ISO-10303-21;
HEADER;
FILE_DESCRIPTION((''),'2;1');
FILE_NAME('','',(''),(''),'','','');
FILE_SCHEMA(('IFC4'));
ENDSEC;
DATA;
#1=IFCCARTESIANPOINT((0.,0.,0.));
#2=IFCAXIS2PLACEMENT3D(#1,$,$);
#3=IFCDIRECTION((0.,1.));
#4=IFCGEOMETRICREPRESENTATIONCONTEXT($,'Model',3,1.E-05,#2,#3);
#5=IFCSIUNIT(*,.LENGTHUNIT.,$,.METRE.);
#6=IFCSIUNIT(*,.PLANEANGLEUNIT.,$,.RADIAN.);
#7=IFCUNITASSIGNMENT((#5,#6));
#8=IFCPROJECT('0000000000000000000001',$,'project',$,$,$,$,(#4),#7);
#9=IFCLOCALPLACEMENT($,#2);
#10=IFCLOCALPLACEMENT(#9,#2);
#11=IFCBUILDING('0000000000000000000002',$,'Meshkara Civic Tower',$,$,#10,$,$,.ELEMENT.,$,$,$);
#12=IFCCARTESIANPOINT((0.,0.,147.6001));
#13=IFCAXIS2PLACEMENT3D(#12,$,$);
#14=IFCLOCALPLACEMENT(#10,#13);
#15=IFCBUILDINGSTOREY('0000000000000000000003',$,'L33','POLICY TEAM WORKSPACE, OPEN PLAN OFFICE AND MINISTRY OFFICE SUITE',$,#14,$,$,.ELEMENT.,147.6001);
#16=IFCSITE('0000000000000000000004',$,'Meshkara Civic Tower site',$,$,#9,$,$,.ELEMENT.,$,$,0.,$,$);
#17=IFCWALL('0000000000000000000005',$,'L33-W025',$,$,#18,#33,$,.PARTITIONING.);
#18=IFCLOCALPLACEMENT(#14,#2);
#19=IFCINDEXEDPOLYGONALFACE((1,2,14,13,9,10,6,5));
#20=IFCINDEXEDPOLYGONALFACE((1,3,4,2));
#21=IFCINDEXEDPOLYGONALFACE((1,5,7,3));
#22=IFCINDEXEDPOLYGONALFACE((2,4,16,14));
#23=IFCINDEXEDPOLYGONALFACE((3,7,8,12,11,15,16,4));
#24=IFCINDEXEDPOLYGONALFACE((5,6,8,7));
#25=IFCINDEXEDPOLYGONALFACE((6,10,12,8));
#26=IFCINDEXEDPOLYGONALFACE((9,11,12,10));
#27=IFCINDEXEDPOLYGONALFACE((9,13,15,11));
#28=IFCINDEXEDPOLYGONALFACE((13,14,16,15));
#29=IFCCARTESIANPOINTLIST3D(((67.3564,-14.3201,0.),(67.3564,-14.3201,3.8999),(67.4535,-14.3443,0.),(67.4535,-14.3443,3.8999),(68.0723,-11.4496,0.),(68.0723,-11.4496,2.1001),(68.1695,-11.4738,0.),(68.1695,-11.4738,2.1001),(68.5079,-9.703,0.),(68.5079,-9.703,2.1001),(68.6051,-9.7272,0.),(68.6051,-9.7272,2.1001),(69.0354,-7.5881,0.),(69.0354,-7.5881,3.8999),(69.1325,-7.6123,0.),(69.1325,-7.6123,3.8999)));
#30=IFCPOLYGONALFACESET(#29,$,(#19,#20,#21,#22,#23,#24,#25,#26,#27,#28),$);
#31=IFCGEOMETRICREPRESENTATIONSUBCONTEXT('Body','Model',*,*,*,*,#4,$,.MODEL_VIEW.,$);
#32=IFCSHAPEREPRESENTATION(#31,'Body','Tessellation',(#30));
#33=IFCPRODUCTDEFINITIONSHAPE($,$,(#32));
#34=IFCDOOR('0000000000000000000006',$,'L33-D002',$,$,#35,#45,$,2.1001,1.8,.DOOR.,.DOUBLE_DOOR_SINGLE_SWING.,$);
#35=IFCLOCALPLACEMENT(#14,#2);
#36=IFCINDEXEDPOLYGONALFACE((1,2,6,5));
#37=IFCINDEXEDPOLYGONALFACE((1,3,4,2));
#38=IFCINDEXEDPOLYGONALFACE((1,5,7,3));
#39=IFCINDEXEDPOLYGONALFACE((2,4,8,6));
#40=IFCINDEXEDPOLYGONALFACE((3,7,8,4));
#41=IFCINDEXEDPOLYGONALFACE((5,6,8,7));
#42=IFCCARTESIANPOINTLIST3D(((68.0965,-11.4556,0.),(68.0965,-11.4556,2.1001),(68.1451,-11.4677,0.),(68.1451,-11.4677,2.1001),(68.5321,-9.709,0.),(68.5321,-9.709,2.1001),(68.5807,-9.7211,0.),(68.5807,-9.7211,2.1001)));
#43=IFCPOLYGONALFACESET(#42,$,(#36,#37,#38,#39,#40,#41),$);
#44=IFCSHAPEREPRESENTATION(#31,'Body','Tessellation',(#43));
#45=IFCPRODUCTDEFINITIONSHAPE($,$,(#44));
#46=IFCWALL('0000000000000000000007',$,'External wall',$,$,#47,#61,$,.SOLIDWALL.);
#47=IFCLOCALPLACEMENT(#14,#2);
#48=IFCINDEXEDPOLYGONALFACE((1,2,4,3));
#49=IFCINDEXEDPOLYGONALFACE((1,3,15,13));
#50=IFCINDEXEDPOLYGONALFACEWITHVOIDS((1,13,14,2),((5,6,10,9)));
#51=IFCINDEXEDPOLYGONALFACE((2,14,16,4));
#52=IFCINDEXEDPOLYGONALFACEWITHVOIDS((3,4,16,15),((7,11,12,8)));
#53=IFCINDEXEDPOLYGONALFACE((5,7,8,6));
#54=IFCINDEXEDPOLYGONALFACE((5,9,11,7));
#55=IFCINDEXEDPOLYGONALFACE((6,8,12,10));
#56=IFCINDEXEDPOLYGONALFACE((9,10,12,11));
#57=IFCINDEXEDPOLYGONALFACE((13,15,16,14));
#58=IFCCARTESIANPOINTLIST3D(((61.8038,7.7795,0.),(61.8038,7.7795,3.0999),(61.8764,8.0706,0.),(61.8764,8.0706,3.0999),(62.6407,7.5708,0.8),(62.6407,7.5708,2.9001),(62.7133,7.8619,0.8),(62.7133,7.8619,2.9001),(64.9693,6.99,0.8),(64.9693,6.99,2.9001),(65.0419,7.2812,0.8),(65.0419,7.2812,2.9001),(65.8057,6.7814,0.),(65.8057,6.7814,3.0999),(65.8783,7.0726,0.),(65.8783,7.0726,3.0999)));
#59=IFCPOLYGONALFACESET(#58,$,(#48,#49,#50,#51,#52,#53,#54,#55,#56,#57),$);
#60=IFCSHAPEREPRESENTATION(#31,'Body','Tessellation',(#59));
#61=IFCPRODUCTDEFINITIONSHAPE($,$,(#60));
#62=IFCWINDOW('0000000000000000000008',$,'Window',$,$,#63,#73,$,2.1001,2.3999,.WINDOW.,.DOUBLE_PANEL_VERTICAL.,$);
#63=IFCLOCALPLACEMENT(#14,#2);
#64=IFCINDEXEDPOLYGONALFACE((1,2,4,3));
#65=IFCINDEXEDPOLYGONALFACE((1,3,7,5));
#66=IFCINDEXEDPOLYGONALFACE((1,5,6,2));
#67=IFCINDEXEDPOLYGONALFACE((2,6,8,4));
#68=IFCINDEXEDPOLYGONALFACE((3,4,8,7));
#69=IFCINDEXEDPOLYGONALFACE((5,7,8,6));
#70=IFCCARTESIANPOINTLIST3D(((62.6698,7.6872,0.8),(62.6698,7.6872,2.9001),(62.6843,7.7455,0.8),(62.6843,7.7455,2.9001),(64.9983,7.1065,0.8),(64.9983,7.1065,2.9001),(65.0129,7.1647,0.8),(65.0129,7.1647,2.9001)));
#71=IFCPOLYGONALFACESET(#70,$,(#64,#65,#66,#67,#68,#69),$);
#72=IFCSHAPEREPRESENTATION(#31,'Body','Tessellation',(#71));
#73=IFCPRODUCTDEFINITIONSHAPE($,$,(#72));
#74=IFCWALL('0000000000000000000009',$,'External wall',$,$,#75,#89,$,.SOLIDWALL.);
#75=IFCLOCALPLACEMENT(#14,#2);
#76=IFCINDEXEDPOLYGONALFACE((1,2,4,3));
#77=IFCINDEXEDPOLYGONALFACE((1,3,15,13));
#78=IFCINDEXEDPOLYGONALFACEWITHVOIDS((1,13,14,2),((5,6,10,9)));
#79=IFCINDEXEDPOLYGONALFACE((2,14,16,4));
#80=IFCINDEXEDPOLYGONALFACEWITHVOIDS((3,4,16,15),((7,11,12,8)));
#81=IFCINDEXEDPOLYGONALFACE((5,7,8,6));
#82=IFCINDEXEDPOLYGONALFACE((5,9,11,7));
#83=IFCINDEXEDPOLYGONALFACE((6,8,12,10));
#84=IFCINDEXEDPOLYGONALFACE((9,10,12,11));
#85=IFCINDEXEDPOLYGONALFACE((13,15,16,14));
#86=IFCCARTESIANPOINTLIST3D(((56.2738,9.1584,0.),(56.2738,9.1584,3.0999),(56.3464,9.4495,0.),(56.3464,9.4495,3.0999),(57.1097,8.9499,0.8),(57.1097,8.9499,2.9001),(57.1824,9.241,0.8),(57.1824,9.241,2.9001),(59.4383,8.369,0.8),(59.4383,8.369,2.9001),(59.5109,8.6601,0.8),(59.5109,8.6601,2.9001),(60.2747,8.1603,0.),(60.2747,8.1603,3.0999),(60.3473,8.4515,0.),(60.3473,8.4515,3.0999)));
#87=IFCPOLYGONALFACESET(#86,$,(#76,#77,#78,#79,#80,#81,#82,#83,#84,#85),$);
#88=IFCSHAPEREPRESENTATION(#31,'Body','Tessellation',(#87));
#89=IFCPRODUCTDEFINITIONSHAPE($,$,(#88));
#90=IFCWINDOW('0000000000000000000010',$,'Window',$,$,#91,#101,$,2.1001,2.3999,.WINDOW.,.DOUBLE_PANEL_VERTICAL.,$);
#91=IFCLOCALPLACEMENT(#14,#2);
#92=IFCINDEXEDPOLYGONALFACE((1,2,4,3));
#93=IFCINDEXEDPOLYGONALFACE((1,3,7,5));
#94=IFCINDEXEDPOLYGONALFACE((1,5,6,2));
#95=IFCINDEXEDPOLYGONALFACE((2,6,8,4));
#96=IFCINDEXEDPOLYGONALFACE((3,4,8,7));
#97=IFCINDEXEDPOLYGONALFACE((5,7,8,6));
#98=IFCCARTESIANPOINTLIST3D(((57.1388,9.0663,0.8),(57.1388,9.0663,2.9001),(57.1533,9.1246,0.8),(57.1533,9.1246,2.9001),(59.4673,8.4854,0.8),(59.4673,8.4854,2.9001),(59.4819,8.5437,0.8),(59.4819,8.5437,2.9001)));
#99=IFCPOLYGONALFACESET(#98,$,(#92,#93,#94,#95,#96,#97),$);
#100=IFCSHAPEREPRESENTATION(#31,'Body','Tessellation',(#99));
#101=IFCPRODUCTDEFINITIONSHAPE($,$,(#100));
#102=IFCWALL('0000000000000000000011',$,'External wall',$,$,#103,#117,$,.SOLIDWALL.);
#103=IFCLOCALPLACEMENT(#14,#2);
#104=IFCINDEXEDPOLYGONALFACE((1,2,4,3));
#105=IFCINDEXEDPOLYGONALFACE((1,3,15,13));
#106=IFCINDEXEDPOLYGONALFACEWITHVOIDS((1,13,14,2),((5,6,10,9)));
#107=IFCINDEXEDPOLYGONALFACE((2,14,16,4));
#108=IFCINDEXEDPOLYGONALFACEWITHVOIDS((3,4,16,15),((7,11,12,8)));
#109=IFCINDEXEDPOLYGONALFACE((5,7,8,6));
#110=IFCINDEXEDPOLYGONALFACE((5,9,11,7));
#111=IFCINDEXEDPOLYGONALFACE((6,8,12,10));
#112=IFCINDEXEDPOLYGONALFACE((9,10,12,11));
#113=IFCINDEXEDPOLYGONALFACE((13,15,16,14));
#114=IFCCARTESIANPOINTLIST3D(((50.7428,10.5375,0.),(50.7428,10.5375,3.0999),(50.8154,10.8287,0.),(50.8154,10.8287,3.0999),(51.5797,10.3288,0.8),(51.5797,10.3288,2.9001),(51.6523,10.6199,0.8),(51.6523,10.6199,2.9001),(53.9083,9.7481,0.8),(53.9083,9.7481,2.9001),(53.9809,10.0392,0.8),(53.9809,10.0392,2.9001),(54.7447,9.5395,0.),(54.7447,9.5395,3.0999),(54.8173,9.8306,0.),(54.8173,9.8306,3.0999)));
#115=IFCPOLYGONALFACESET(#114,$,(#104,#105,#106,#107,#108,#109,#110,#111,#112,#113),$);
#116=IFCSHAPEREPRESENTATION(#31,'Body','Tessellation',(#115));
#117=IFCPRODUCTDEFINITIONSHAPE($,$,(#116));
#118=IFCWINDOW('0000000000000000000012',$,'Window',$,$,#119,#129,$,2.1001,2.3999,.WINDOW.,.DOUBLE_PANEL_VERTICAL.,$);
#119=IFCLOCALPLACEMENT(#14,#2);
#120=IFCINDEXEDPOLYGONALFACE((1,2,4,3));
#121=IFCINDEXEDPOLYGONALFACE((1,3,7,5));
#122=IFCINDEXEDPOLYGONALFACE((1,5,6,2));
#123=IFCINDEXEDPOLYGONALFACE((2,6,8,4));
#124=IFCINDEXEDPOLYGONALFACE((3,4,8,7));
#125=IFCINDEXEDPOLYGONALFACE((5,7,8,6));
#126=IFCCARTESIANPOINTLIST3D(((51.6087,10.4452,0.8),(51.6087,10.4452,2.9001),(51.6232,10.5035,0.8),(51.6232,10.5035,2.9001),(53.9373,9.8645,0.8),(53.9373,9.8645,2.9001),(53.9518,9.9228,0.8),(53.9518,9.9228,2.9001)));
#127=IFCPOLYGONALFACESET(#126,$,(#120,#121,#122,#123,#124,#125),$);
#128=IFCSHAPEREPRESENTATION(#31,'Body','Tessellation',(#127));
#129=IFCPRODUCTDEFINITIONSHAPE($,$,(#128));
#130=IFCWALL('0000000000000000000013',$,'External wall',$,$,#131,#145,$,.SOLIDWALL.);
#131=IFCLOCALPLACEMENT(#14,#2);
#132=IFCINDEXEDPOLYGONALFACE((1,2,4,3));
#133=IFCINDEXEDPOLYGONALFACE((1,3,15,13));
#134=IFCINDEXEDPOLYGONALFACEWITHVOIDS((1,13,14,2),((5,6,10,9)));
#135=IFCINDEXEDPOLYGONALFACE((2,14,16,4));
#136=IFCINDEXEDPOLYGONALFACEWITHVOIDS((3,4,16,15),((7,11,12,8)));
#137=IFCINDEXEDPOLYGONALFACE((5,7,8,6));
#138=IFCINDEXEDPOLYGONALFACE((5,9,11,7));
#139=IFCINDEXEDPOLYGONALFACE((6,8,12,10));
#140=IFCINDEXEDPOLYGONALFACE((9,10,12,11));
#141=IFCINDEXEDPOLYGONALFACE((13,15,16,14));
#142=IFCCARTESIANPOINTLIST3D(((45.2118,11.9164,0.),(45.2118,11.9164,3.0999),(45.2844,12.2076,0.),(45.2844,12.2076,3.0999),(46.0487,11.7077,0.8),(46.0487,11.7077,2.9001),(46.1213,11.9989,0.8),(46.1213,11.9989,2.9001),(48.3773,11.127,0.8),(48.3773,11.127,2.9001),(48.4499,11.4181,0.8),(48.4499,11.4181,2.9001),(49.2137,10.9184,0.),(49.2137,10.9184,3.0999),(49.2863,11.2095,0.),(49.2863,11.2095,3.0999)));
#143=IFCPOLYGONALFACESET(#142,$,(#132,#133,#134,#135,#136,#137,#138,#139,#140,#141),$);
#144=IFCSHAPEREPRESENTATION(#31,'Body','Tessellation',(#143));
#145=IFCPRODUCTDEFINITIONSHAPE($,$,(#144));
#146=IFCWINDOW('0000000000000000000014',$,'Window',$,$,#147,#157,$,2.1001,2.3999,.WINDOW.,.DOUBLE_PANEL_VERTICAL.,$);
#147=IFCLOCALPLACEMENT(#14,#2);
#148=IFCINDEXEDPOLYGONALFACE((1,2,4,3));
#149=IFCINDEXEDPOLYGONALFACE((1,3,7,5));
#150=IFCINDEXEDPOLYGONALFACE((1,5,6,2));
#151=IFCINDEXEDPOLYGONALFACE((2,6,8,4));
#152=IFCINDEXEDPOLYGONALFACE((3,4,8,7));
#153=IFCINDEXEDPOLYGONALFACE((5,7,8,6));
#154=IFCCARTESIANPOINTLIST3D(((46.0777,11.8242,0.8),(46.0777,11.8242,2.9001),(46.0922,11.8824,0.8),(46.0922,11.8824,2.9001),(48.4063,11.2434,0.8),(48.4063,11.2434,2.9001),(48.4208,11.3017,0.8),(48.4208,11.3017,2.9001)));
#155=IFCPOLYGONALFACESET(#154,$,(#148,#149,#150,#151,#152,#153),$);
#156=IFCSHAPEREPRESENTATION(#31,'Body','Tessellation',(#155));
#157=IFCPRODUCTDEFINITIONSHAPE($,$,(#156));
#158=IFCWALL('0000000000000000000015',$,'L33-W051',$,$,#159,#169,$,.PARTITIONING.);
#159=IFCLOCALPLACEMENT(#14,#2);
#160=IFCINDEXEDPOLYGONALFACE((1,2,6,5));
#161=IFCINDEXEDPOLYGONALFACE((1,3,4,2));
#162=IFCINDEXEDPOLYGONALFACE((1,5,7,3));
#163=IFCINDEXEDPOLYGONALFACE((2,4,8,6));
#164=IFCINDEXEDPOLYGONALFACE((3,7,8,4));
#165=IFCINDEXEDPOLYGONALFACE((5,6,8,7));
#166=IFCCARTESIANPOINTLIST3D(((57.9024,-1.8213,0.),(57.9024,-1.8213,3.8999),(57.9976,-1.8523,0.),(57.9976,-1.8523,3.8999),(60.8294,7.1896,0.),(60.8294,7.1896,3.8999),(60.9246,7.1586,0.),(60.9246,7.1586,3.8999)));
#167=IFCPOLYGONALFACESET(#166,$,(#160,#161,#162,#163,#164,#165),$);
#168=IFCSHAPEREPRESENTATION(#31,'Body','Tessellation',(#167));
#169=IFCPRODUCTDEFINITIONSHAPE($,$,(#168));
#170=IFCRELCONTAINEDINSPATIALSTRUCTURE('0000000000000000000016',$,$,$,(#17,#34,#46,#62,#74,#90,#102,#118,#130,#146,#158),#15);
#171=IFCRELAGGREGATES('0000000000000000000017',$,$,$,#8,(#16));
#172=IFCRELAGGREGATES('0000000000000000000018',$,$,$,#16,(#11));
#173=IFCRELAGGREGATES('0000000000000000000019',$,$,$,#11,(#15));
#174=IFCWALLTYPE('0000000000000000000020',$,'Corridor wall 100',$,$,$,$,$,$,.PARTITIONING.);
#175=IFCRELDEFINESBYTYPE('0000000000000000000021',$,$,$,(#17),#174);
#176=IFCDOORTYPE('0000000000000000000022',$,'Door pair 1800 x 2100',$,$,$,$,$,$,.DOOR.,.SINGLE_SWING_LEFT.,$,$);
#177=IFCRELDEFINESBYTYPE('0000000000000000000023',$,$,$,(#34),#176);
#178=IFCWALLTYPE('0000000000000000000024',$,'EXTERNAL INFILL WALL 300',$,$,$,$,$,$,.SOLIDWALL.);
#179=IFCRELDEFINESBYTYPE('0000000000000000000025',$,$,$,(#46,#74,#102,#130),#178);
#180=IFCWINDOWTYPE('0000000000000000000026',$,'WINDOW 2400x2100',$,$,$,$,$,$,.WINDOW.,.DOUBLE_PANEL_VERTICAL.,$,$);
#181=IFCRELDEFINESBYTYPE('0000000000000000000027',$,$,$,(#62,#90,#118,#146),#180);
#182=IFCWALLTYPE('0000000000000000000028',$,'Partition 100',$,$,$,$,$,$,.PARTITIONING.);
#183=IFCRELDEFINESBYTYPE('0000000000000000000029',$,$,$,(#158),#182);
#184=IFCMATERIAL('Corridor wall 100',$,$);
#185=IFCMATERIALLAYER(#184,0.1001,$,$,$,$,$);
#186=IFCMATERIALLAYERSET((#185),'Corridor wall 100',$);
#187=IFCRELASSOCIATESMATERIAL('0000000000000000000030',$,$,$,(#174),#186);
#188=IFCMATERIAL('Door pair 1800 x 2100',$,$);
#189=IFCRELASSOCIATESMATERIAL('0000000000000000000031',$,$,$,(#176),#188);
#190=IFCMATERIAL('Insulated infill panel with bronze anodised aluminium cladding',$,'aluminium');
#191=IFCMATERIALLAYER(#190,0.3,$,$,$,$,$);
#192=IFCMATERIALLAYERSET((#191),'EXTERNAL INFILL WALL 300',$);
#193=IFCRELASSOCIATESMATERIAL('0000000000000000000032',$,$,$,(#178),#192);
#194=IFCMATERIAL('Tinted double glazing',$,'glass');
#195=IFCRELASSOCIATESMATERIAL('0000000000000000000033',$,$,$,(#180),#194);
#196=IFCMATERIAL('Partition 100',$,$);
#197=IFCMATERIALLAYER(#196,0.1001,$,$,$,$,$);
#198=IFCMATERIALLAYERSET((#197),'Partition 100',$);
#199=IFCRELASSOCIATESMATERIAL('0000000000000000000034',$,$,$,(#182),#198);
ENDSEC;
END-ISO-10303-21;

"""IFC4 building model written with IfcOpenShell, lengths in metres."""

from ifc_helpers import new_model, si_unit, direction, frame, frame_2d, origin, place, context, subcontext, project, spatial, rectangle, extrude, material, layer, layer_set, type_object, element, fill, save


model = new_model("IFC4")

# Units and contexts
model_context = context("Model", 3, precision=1e-05, world=origin(), true_north=direction((0.0, 1.0)))
body_context = subcontext(model_context, "Body", "Model", "MODEL_VIEW")
ifc_project = project(units=[si_unit("LENGTHUNIT", "METRE"), si_unit("PLANEANGLEUNIT", "RADIAN")], contexts=[model_context])

# Site, building, storey
site_placement = place(None, origin())
site = spatial("IfcSite", under=ifc_project, at=site_placement, Name="Meshkara Civic Tower site", CompositionType="ELEMENT", RefElevation=0.0)
building_placement = place(site_placement, origin())
building = spatial("IfcBuilding", under=site, at=building_placement, Name="Meshkara Civic Tower", CompositionType="ELEMENT")
storey_placement = place(building_placement, frame((0.0, 0.0, 147.6001)))
storey = spatial("IfcBuildingStorey", under=building, at=storey_placement, Name="L33", Description="POLICY TEAM WORKSPACE, OPEN PLAN OFFICE AND MINISTRY OFFICE SUITE", CompositionType="ELEMENT", Elevation=147.6001)

# Wall, opening, door
ifc_material_1 = material(Name="Corridor wall 100")
ifc_layer_1 = layer(ifc_material_1, 0.1001)
ifc_layer_set_1 = layer_set([ifc_layer_1], Name="Corridor wall 100")
wall_type_1 = type_object("IfcWallType", Name="Corridor wall 100", PredefinedType="PARTITIONING", material=ifc_layer_set_1)
wall_1_placement = place(storey_placement, frame((69.084, -7.6001, 0.0), z_axis=(0.0, 0.0, 1.0), x_axis=(-0.241989, -0.970279, 0.0)))
wall_1 = element("IfcWall", 1, at=wall_1_placement, inside=storey, type_object=wall_type_1, Name="L33-W025", PredefinedType="PARTITIONING", context=body_context, shape_type="SweptSolid", body=[
    extrude(rectangle(XDim=6.9382, YDim=0.1001, at=frame_2d((3.4692, 0.0))), origin(), (0.0, 0.0, 1.0), 3.8999),
])
opening_1_placement = place(wall_1_placement, frame((2.1799, 0.0, 0.0)))
opening_1 = element("IfcOpeningElement", 2, at=opening_1_placement, cuts=wall_1, PredefinedType="OPENING", context=body_context, shape_type="SweptSolid", body=[
    extrude(rectangle(XDim=1.8, YDim=2.1001, at=frame_2d((0.8999, 1.05))), frame((0.0, 0.0601, 0.0), z_axis=(0.0, -1.0, 0.0), x_axis=(1.0, 0.0, 0.0)), (0.0, 0.0, 1.0), 0.1201),
])
ifc_material_2 = material(Name="Door pair 1800 x 2100")
door_type = type_object("IfcDoorType", Name="Door pair 1800 x 2100", OperationType="SINGLE_SWING_LEFT", PredefinedType="DOOR", material=ifc_material_2)
door_placement = place(opening_1_placement, origin())
door = element("IfcDoor", 3, at=door_placement, inside=storey, type_object=door_type, Name="L33-D002", OperationType="DOUBLE_DOOR_SINGLE_SWING", OverallHeight=2.1001, OverallWidth=1.8, PredefinedType="DOOR", context=body_context, shape_type="SweptSolid", body=[
    extrude(rectangle(XDim=1.8, YDim=2.1001, at=frame_2d((0.8999, 1.05))), frame((0.0, 0.0249, 0.0), z_axis=(0.0, -1.0, 0.0), x_axis=(1.0, 0.0, 0.0)), (0.0, 0.0, 1.0), 0.05),
])
fill(opening_1, door)

# Walls, openings, windows
ifc_material_3 = material(Name="Insulated infill panel with bronze anodised aluminium cladding", Category="aluminium")
ifc_layer_2 = layer(ifc_material_3, 0.3)
ifc_layer_set_2 = layer_set([ifc_layer_2], Name="EXTERNAL INFILL WALL 300")
wall_type_2 = type_object("IfcWallType", Name="EXTERNAL INFILL WALL 300", PredefinedType="SOLIDWALL", material=ifc_layer_set_2)
wall_2_placement = place(storey_placement, frame((65.842, 6.927, 0.0), z_axis=(0.0, 0.0, 1.0), x_axis=(-0.970282, 0.241978, 0.0)))
wall_2 = element("IfcWall", 4, at=wall_2_placement, inside=storey, type_object=wall_type_2, Name="External wall", PredefinedType="SOLIDWALL", context=body_context, shape_type="SweptSolid", body=[
    extrude(rectangle(XDim=4.1245, YDim=0.3, at=frame_2d((2.0623, 0.0))), origin(), (0.0, 0.0, 1.0), 3.0999),
])
opening_2_placement = place(wall_2_placement, frame((0.8621, 0.0, 0.8)))
opening_2 = element("IfcOpeningElement", 5, at=opening_2_placement, cuts=wall_2, PredefinedType="OPENING", context=body_context, shape_type="SweptSolid", body=[
    extrude(rectangle(XDim=2.3999, YDim=2.1001, at=frame_2d((1.2, 1.05))), frame((0.0, 0.1599, 0.0), z_axis=(0.0, -1.0, 0.0), x_axis=(1.0, 0.0, 0.0)), (0.0, 0.0, 1.0), 0.3201),
])
ifc_material_4 = material(Name="Tinted double glazing", Category="glass")
window_type = type_object("IfcWindowType", Name="WINDOW 2400x2100", PartitioningType="DOUBLE_PANEL_VERTICAL", PredefinedType="WINDOW", material=ifc_material_4)
window_1_placement = place(opening_2_placement, origin())
window_1 = element("IfcWindow", 6, at=window_1_placement, inside=storey, type_object=window_type, Name="Window", OverallHeight=2.1001, OverallWidth=2.3999, PartitioningType="DOUBLE_PANEL_VERTICAL", PredefinedType="WINDOW", context=body_context, shape_type="SweptSolid", body=[
    extrude(rectangle(XDim=2.3999, YDim=2.1001, at=frame_2d((1.2, 1.05))), frame((0.0, 0.03, 0.0), z_axis=(0.0, -1.0, 0.0), x_axis=(1.0, 0.0, 0.0)), (0.0, 0.0, 1.0), 0.0601),
])
fill(opening_2, window_1)
wall_3_placement = place(storey_placement, frame((60.311, 8.3059, 0.0), z_axis=(0.0, 0.0, 1.0), x_axis=(-0.970268, 0.242034, 0.0)))
wall_3 = element("IfcWall", 7, at=wall_3_placement, inside=storey, type_object=wall_type_2, Name="External wall", PredefinedType="SOLIDWALL", context=body_context, shape_type="SweptSolid", body=[
    extrude(rectangle(XDim=4.1235, YDim=0.3, at=frame_2d((2.0618, 0.0))), origin(), (0.0, 0.0, 1.0), 3.0999),
])
opening_3_placement = place(wall_3_placement, frame((0.8621, 0.0, 0.8)))
opening_3 = element("IfcOpeningElement", 8, at=opening_3_placement, cuts=wall_3, PredefinedType="OPENING", context=body_context, shape_type="SweptSolid", body=[
    extrude(rectangle(XDim=2.3999, YDim=2.1001, at=frame_2d((1.2, 1.05))), frame((0.0, 0.1599, 0.0), z_axis=(0.0, -1.0, 0.0), x_axis=(1.0, 0.0, 0.0)), (0.0, 0.0, 1.0), 0.3201),
])
window_2_placement = place(opening_3_placement, origin())
window_2 = element("IfcWindow", 9, at=window_2_placement, inside=storey, type_object=window_type, Name="Window", OverallHeight=2.1001, OverallWidth=2.3999, PartitioningType="DOUBLE_PANEL_VERTICAL", PredefinedType="WINDOW", context=body_context, shape_type="SweptSolid", body=[
    extrude(rectangle(XDim=2.3999, YDim=2.1001, at=frame_2d((1.2, 1.05))), frame((0.0, 0.03, 0.0), z_axis=(0.0, -1.0, 0.0), x_axis=(1.0, 0.0, 0.0)), (0.0, 0.0, 1.0), 0.0601),
])
fill(opening_3, window_2)
wall_4_placement = place(storey_placement, frame((54.781, 9.6851, 0.0), z_axis=(0.0, 0.0, 1.0), x_axis=(-0.970282, 0.241978, 0.0)))
wall_4 = element("IfcWall", 10, at=wall_4_placement, inside=storey, type_object=wall_type_2, Name="External wall", PredefinedType="SOLIDWALL", context=body_context, shape_type="SweptSolid", body=[
    extrude(rectangle(XDim=4.1245, YDim=0.3, at=frame_2d((2.0623, 0.0))), origin(), (0.0, 0.0, 1.0), 3.0999),
])
opening_4_placement = place(wall_4_placement, frame((0.8621, 0.0, 0.8)))
opening_4 = element("IfcOpeningElement", 11, at=opening_4_placement, cuts=wall_4, PredefinedType="OPENING", context=body_context, shape_type="SweptSolid", body=[
    extrude(rectangle(XDim=2.3999, YDim=2.1001, at=frame_2d((1.2, 1.05))), frame((0.0, 0.1599, 0.0), z_axis=(0.0, -1.0, 0.0), x_axis=(1.0, 0.0, 0.0)), (0.0, 0.0, 1.0), 0.3201),
])
window_3_placement = place(opening_4_placement, origin())
window_3 = element("IfcWindow", 12, at=window_3_placement, inside=storey, type_object=window_type, Name="Window", OverallHeight=2.1001, OverallWidth=2.3999, PartitioningType="DOUBLE_PANEL_VERTICAL", PredefinedType="WINDOW", context=body_context, shape_type="SweptSolid", body=[
    extrude(rectangle(XDim=2.3999, YDim=2.1001, at=frame_2d((1.2, 1.05))), frame((0.0, 0.03, 0.0), z_axis=(0.0, -1.0, 0.0), x_axis=(1.0, 0.0, 0.0)), (0.0, 0.0, 1.0), 0.0601),
])
fill(opening_4, window_3)
wall_5_placement = place(storey_placement, frame((49.25, 11.064, 0.0), z_axis=(0.0, 0.0, 1.0), x_axis=(-0.970282, 0.241978, 0.0)))
wall_5 = element("IfcWall", 13, at=wall_5_placement, inside=storey, type_object=wall_type_2, Name="External wall", PredefinedType="SOLIDWALL", context=body_context, shape_type="SweptSolid", body=[
    extrude(rectangle(XDim=4.1245, YDim=0.3, at=frame_2d((2.0623, 0.0))), origin(), (0.0, 0.0, 1.0), 3.0999),
])
opening_5_placement = place(wall_5_placement, frame((0.8621, 0.0, 0.8)))
opening_5 = element("IfcOpeningElement", 14, at=opening_5_placement, cuts=wall_5, PredefinedType="OPENING", context=body_context, shape_type="SweptSolid", body=[
    extrude(rectangle(XDim=2.3999, YDim=2.1001, at=frame_2d((1.2, 1.05))), frame((0.0, 0.1599, 0.0), z_axis=(0.0, -1.0, 0.0), x_axis=(1.0, 0.0, 0.0)), (0.0, 0.0, 1.0), 0.3201),
])
window_4_placement = place(opening_5_placement, origin())
window_4 = element("IfcWindow", 15, at=window_4_placement, inside=storey, type_object=window_type, Name="Window", OverallHeight=2.1001, OverallWidth=2.3999, PartitioningType="DOUBLE_PANEL_VERTICAL", PredefinedType="WINDOW", context=body_context, shape_type="SweptSolid", body=[
    extrude(rectangle(XDim=2.3999, YDim=2.1001, at=frame_2d((1.2, 1.05))), frame((0.0, 0.03, 0.0), z_axis=(0.0, -1.0, 0.0), x_axis=(1.0, 0.0, 0.0)), (0.0, 0.0, 1.0), 0.0601),
])
fill(opening_5, window_4)

# Wall
ifc_material_5 = material(Name="Partition 100")
ifc_layer_3 = layer(ifc_material_5, 0.1001)
ifc_layer_set_3 = layer_set([ifc_layer_3], Name="Partition 100")
wall_type_3 = type_object("IfcWallType", Name="Partition 100", PredefinedType="PARTITIONING", material=ifc_layer_set_3)
wall_6_placement = place(storey_placement, frame((57.95, -1.8369, 0.0), z_axis=(0.0, 0.0, 1.0), x_axis=(0.308936, 0.951083, 0.0)))
element("IfcWall", 16, at=wall_6_placement, inside=storey, type_object=wall_type_3, Name="L33-W051", PredefinedType="PARTITIONING", context=body_context, shape_type="SweptSolid", body=[
    extrude(rectangle(XDim=9.4744, YDim=0.1001, at=frame_2d((4.7373, 0.0))), origin(), (0.0, 0.0, 1.0), 3.8999),
])

save(model, "model.ifc")
